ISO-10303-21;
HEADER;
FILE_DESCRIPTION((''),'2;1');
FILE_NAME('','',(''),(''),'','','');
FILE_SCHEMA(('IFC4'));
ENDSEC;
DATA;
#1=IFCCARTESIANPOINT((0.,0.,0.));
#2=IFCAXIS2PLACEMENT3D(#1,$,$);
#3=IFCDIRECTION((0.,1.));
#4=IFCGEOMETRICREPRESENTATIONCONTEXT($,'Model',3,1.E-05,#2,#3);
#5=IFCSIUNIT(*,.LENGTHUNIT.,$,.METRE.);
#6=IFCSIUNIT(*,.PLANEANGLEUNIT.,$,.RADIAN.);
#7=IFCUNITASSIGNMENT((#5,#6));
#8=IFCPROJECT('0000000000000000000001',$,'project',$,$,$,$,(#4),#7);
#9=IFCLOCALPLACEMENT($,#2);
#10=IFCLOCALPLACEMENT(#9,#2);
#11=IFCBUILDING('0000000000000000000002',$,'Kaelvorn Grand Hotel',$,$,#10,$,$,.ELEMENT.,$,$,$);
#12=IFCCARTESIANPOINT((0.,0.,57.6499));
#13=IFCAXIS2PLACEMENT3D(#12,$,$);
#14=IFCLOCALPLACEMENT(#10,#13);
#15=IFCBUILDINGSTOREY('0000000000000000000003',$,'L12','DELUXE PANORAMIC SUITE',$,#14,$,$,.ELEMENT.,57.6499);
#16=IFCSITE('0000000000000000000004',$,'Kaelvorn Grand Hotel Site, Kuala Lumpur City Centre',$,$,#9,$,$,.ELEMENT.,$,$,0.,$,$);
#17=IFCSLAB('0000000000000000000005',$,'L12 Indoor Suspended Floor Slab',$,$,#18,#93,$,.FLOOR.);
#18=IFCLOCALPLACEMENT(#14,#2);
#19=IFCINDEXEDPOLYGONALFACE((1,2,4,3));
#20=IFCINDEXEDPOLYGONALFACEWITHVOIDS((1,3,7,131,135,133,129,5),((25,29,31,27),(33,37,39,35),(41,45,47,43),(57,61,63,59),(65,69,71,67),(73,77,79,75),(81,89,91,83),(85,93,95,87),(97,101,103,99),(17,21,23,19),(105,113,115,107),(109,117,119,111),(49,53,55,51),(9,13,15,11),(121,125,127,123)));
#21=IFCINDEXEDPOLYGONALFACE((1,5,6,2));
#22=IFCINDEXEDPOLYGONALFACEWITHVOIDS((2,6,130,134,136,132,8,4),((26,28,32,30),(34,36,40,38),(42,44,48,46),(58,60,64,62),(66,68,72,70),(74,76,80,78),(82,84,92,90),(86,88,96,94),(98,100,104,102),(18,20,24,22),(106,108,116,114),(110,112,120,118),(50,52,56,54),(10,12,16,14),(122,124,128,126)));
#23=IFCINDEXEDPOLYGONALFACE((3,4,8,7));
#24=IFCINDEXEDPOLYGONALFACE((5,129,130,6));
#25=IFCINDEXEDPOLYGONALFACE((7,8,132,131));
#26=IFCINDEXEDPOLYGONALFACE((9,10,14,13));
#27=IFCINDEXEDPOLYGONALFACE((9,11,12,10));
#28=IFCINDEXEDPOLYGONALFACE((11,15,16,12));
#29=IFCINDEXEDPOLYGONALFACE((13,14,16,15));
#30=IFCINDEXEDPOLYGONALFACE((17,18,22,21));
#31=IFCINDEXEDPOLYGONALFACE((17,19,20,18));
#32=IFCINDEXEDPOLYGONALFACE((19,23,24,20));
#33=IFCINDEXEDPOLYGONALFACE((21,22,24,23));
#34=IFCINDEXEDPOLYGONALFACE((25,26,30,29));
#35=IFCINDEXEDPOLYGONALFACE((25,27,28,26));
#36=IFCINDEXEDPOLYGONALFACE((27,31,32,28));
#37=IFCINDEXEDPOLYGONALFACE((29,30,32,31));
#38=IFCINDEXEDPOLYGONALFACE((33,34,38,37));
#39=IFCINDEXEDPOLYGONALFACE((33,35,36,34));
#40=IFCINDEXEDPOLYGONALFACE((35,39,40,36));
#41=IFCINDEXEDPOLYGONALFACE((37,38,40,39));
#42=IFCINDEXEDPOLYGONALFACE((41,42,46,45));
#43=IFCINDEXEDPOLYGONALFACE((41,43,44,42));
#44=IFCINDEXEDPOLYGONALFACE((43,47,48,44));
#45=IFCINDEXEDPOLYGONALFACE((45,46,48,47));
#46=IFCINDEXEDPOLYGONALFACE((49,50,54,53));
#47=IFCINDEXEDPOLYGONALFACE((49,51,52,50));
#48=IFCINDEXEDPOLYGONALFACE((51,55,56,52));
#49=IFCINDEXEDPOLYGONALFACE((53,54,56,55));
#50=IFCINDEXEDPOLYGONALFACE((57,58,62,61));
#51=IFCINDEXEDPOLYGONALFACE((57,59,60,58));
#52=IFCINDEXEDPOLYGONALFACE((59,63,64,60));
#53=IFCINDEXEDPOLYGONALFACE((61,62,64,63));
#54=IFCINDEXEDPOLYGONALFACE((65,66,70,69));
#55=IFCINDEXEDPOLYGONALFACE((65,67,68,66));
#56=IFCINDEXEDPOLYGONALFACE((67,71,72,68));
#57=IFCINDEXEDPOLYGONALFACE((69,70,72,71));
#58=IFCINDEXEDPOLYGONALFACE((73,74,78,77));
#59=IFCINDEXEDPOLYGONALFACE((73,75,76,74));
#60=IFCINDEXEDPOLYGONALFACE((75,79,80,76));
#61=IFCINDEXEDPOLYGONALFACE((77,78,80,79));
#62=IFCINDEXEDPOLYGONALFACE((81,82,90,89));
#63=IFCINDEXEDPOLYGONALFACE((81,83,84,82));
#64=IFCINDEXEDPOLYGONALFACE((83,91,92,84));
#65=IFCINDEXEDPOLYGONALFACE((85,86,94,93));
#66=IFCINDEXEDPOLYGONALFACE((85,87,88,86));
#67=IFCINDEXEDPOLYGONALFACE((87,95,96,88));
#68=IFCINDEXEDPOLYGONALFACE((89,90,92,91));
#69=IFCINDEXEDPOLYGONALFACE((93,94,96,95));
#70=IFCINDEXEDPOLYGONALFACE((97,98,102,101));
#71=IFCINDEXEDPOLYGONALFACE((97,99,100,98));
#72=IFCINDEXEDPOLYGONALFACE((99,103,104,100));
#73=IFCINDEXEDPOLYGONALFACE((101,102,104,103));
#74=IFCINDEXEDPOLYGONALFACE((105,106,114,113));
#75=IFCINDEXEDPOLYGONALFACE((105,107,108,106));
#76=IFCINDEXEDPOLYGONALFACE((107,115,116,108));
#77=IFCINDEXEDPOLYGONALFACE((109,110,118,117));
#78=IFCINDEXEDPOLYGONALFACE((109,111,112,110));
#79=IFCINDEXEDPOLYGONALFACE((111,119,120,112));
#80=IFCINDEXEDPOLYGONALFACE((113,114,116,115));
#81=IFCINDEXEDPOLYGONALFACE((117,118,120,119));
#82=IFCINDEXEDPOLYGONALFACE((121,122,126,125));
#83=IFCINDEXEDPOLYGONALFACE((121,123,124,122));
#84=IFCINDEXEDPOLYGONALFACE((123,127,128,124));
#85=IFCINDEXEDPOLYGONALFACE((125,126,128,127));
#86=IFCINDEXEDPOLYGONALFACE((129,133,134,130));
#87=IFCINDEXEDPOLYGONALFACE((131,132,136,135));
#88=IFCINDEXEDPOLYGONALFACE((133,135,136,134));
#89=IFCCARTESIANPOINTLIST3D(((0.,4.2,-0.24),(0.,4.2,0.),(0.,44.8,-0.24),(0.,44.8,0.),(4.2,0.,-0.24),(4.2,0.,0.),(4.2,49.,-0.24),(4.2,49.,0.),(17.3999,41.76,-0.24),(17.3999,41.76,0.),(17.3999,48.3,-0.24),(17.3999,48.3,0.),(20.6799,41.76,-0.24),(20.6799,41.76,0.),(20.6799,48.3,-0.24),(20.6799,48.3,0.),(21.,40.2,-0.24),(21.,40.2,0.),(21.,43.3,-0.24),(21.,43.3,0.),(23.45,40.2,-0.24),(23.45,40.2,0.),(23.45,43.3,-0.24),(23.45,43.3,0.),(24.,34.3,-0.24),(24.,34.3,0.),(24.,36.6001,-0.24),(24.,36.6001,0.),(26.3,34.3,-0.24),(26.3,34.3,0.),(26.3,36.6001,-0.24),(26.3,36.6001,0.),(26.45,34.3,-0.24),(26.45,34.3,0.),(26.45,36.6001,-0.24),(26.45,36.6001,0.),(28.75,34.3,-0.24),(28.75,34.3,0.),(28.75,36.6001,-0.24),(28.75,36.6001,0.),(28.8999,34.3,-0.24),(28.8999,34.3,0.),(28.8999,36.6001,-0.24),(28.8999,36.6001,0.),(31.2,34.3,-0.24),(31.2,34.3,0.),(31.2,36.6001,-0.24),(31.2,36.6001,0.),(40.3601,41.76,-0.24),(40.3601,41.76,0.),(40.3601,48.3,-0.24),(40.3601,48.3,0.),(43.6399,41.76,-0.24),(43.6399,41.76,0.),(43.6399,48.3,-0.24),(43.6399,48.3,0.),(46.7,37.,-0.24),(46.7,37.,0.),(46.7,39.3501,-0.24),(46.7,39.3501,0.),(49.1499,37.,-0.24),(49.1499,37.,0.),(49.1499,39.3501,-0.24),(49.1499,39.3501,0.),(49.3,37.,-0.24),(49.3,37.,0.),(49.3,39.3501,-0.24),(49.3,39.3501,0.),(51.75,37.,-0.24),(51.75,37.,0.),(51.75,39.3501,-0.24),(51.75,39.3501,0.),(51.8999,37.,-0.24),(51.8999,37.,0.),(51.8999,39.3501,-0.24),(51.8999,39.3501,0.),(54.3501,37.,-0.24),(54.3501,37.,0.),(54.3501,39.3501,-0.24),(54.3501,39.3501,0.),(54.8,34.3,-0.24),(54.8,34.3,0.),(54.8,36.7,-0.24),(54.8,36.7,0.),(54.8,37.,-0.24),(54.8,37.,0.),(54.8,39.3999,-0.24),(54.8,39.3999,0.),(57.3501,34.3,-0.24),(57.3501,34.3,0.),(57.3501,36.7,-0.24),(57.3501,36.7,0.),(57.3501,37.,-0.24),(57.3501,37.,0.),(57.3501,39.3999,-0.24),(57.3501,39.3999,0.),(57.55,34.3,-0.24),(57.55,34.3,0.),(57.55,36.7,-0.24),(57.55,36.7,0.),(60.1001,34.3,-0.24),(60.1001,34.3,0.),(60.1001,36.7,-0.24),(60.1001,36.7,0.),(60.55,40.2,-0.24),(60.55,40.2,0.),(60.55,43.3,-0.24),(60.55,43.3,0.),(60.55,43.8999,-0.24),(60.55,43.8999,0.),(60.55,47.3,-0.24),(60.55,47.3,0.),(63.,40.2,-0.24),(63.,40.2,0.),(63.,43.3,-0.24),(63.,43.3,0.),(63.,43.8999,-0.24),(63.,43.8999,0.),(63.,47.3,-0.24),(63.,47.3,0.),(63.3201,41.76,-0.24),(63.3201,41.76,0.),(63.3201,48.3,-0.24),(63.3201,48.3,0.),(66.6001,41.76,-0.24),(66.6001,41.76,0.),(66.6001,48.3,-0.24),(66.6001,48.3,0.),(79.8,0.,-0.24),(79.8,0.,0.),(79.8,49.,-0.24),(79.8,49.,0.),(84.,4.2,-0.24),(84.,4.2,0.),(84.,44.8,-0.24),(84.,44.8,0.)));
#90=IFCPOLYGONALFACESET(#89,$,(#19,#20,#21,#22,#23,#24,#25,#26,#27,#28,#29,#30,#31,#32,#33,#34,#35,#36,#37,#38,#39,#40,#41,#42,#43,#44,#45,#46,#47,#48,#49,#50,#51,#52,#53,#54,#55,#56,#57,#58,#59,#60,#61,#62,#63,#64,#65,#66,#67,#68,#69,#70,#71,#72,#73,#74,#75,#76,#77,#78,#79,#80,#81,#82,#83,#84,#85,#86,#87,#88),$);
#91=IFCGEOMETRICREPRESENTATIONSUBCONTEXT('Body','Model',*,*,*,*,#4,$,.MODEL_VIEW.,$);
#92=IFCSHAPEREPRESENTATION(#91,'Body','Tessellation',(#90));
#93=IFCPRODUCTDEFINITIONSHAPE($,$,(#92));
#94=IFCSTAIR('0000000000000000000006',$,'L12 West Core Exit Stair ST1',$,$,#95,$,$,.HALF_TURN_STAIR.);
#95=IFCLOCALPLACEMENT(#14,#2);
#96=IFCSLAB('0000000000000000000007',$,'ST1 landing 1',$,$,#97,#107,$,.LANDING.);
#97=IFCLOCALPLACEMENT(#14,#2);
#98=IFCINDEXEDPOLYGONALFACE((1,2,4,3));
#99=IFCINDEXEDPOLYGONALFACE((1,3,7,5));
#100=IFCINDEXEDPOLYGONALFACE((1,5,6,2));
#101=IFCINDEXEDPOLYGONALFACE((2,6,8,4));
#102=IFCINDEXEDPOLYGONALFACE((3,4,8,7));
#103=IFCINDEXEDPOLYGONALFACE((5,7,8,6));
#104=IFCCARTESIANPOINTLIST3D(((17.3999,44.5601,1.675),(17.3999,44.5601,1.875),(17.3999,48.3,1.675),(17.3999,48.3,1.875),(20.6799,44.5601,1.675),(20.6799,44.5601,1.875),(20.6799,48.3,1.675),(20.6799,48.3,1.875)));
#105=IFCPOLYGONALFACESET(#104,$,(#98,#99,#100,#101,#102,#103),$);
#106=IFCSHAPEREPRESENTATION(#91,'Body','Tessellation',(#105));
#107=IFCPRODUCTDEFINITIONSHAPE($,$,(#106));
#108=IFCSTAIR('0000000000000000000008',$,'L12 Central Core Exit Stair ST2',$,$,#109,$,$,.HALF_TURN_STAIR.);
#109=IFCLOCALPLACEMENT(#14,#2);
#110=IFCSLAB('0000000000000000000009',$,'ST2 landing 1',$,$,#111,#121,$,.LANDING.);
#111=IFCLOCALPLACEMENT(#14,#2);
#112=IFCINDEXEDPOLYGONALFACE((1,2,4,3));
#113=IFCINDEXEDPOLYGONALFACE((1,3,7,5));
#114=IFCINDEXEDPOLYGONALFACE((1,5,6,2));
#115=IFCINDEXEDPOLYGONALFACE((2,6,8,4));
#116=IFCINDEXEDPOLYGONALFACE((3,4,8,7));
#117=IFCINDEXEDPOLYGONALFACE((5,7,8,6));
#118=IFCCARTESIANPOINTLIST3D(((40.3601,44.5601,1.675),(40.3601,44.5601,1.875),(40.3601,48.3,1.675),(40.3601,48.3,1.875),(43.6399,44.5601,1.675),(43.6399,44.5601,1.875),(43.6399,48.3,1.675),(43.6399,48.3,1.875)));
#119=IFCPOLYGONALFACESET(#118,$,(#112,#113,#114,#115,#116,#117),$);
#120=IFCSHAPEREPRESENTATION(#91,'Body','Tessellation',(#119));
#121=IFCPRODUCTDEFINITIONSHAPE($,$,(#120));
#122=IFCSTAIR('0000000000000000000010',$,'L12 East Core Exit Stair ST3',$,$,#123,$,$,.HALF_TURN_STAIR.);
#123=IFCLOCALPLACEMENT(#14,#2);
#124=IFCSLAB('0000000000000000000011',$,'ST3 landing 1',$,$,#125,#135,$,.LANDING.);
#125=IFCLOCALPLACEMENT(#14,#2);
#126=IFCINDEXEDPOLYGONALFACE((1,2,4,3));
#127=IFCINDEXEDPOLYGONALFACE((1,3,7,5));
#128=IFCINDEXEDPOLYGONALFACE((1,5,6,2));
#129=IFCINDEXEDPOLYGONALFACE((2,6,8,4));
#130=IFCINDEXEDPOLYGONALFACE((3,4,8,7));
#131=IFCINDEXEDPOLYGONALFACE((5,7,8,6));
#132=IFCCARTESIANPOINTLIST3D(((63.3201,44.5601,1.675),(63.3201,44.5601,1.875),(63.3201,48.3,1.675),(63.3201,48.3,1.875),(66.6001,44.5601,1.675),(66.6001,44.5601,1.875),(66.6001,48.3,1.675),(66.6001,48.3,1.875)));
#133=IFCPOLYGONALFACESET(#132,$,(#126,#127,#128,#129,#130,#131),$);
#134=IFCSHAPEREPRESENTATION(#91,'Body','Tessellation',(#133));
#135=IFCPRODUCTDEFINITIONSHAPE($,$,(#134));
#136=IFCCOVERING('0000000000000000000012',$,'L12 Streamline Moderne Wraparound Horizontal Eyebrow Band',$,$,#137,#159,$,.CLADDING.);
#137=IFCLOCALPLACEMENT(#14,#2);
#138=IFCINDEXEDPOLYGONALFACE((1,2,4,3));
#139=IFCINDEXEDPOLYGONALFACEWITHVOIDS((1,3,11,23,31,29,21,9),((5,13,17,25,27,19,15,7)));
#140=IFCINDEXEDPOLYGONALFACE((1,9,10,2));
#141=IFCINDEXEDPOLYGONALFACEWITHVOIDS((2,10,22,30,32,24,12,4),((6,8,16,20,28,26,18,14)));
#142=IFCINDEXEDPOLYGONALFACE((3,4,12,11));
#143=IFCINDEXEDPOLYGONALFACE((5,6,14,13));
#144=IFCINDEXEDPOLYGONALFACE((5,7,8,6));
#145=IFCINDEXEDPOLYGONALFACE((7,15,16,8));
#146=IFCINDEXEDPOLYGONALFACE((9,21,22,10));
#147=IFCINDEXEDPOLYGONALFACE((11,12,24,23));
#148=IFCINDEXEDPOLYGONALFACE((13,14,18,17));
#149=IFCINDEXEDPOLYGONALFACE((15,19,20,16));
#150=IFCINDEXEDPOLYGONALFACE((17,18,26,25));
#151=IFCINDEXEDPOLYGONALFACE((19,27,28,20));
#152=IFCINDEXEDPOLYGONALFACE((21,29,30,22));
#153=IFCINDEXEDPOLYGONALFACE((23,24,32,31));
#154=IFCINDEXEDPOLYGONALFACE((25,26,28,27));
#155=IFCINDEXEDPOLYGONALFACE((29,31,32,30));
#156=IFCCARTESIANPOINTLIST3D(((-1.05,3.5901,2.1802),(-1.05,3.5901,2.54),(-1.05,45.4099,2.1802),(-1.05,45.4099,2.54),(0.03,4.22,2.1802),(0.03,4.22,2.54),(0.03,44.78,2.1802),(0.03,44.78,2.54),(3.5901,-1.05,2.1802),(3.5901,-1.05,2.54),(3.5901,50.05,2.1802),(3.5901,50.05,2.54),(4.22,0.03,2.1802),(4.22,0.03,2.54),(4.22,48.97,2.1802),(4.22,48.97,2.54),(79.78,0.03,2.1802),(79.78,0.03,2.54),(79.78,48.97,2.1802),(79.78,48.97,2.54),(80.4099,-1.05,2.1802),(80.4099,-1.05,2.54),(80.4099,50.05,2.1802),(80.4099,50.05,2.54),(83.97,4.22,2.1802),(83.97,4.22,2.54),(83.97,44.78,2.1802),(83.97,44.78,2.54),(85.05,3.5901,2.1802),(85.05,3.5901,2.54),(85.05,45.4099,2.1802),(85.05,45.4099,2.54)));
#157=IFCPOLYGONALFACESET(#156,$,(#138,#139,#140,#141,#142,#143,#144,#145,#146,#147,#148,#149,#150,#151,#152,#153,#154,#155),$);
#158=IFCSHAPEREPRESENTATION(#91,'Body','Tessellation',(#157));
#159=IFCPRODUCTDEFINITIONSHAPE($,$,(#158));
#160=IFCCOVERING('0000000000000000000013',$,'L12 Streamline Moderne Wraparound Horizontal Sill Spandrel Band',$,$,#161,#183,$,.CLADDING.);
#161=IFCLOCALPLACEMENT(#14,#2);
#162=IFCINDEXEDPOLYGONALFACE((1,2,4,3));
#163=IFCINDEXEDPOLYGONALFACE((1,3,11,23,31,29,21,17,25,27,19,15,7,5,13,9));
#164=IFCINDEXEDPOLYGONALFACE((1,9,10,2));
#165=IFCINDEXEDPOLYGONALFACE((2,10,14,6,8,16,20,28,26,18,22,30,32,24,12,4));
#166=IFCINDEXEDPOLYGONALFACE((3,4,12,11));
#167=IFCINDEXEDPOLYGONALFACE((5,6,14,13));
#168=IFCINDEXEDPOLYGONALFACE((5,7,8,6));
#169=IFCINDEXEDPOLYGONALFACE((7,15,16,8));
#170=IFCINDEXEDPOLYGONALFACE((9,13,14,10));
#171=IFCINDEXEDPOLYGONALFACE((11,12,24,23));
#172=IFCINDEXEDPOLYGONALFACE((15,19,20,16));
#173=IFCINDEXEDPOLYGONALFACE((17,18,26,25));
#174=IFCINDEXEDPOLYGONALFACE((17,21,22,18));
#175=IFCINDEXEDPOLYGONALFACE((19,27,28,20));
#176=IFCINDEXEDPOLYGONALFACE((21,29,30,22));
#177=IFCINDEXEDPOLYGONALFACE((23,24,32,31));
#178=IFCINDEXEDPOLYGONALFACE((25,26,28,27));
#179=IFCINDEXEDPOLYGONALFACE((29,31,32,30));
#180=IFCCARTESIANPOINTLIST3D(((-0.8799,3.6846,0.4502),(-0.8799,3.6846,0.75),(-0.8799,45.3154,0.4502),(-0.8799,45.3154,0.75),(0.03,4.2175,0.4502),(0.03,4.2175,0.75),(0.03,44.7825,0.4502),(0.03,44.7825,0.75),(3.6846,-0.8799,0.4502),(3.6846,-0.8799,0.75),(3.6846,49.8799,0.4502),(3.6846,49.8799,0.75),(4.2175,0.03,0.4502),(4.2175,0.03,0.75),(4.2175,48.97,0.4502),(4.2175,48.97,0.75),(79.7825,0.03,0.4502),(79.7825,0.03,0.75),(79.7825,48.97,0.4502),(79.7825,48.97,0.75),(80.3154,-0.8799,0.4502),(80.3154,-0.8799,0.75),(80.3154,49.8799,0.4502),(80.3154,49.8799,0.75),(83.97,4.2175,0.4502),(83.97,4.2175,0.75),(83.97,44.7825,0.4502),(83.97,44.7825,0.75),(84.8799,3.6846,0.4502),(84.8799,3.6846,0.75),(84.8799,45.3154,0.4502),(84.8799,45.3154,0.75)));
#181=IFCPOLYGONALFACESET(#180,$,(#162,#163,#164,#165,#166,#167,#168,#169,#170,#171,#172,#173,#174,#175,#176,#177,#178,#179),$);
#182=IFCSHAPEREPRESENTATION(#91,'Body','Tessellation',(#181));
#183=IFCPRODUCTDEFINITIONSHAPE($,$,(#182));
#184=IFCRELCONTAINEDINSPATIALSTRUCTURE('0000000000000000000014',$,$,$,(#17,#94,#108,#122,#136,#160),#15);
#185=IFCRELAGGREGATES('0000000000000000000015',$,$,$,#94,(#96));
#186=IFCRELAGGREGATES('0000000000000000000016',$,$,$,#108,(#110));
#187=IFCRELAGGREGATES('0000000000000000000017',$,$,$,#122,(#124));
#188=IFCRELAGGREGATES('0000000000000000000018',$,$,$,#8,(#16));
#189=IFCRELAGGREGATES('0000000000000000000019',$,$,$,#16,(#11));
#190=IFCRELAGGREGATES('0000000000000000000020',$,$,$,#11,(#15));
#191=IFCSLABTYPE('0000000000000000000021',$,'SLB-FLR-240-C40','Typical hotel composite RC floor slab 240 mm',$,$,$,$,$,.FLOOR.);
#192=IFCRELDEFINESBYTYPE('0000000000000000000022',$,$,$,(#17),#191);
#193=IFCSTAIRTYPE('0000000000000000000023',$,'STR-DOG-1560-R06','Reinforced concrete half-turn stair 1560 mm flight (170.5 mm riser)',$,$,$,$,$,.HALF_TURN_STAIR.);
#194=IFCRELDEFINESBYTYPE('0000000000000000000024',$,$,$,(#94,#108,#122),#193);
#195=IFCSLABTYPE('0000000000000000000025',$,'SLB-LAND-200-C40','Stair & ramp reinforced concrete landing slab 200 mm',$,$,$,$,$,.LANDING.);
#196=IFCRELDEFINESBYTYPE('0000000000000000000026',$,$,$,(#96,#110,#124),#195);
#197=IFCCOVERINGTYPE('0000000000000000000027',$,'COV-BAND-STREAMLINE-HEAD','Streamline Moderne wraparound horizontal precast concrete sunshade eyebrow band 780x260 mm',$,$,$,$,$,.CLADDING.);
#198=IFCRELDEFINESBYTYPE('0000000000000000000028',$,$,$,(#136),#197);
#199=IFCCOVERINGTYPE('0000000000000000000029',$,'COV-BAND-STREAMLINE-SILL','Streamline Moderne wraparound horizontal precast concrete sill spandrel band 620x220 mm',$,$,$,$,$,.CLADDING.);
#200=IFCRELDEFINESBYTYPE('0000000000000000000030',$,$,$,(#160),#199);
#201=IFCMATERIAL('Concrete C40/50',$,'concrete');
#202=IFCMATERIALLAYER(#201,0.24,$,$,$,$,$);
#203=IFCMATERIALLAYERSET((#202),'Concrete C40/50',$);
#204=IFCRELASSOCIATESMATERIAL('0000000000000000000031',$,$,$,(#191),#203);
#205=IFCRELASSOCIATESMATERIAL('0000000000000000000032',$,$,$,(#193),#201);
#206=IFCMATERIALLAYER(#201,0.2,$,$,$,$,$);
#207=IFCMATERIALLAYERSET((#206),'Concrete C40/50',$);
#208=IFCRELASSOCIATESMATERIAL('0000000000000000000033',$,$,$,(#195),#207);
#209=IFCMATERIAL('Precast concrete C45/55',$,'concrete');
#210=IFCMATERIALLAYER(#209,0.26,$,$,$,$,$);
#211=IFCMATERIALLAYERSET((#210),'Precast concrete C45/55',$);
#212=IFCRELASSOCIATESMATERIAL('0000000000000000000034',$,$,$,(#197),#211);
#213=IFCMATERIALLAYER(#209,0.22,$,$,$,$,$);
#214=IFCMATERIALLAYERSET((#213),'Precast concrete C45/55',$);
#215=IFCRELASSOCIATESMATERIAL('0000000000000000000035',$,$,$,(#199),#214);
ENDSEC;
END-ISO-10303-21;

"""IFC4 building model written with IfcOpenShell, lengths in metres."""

from ifc_helpers import new_model, si_unit, direction, frame, origin, place, context, subcontext, project, spatial, polyline, outline, extrude, material, layer, layer_set, type_object, element, aggregate, save


model = new_model("IFC4")

# Units and contexts
model_context = context("Model", 3, precision=1e-05, world=origin(), true_north=direction((0.0, 1.0)))
body_context = subcontext(model_context, "Body", "Model", "MODEL_VIEW")
ifc_project = project(units=[si_unit("LENGTHUNIT", "METRE"), si_unit("PLANEANGLEUNIT", "RADIAN")], contexts=[model_context])

# Site, building, storey
site_placement = place(None, origin())
site = spatial("IfcSite", under=ifc_project, at=site_placement, Name="Kaelvorn Grand Hotel Site, Kuala Lumpur City Centre", CompositionType="ELEMENT", RefElevation=0.0)
building_placement = place(site_placement, origin())
building = spatial("IfcBuilding", under=site, at=building_placement, Name="Kaelvorn Grand Hotel", CompositionType="ELEMENT")
storey_placement = place(building_placement, frame((0.0, 0.0, 57.6499)))
storey = spatial("IfcBuildingStorey", under=building, at=storey_placement, Name="L12", Description="DELUXE PANORAMIC SUITE", CompositionType="ELEMENT", Elevation=57.6499)

# Shared definitions
ifc_material_1 = material(Name="Precast concrete C45/55", Category="concrete")

# Slab
ifc_material_2 = material(Name="Concrete C40/50", Category="concrete")
ifc_layer_1 = layer(ifc_material_2, 0.24)
ifc_layer_set_1 = layer_set([ifc_layer_1], Name="Concrete C40/50")
slab_type_1 = type_object("IfcSlabType", Name="SLB-FLR-240-C40", Description="Typical hotel composite RC floor slab 240 mm", PredefinedType="FLOOR", material=ifc_layer_set_1)
slab_1_placement = place(storey_placement, frame((0.0, 0.0, -0.24)))
element("IfcSlab", 1, at=slab_1_placement, inside=storey, type_object=slab_type_1, Name="L12 Indoor Suspended Floor Slab", PredefinedType="FLOOR", context=body_context, shape_type="SweptSolid", body=[
    extrude(outline(polyline([(4.2, 0.0), (79.8, 0.0), (84.0, 4.2), (84.0, 44.8), (79.8, 49.0), (4.2, 49.0), (0.0, 44.8), (0.0, 4.2), (4.2, 0.0)]), holes=[polyline([(17.3999, 41.76), (17.3999, 48.3), (20.6799, 48.3), (20.6799, 41.76), (17.3999, 41.76)]), polyline([(40.3601, 41.76), (40.3601, 48.3), (43.6399, 48.3), (43.6399, 41.76), (40.3601, 41.76)]), polyline([(63.3201, 41.76), (63.3201, 48.3), (66.6001, 48.3), (66.6001, 41.76), (63.3201, 41.76)]), polyline([(24.0, 34.3), (24.0, 36.6001), (26.3, 36.6001), (26.3, 34.3), (24.0, 34.3)]), polyline([(26.45, 34.3), (26.45, 36.6001), (28.75, 36.6001), (28.75, 34.3), (26.45, 34.3)]), polyline([(28.8999, 34.3), (28.8999, 36.6001), (31.2, 36.6001), (31.2, 34.3), (28.8999, 34.3)]), polyline([(46.7, 37.0), (46.7, 39.3501), (49.1499, 39.3501), (49.1499, 37.0), (46.7, 37.0)]), polyline([(49.3, 37.0), (49.3, 39.3501), (51.75, 39.3501), (51.75, 37.0), (49.3, 37.0)]), polyline([(51.8999, 37.0), (51.8999, 39.3501), (54.3501, 39.3501), (54.3501, 37.0), (51.8999, 37.0)]), polyline([(54.8, 34.3), (54.8, 36.7), (57.3501, 36.7), (57.3501, 34.3), (54.8, 34.3)]), polyline([(57.55, 34.3), (57.55, 36.7), (60.1001, 36.7), (60.1001, 34.3), (57.55, 34.3)]), polyline([(54.8, 37.0), (54.8, 39.3999), (57.3501, 39.3999), (57.3501, 37.0), (54.8, 37.0)]), polyline([(21.0, 40.2), (21.0, 43.3), (23.45, 43.3), (23.45, 40.2), (21.0, 40.2)]), polyline([(60.55, 40.2), (60.55, 43.3), (63.0, 43.3), (63.0, 40.2), (60.55, 40.2)]), polyline([(60.55, 43.8999), (60.55, 47.3), (63.0, 47.3), (63.0, 43.8999), (60.55, 43.8999)])]), origin(), (0.0, 0.0, 1.0), 0.24),
])

# Stairs, slabs
stair_type = type_object("IfcStairType", Name="STR-DOG-1560-R06", Description="Reinforced concrete half-turn stair 1560 mm flight (170.5 mm riser)", PredefinedType="HALF_TURN_STAIR", material=ifc_material_2)
stair_1_placement = place(storey_placement, origin())
stair_1 = element("IfcStair", 2, at=stair_1_placement, inside=storey, type_object=stair_type, Name="L12 West Core Exit Stair ST1", PredefinedType="HALF_TURN_STAIR")
ifc_layer_2 = layer(ifc_material_2, 0.2)
ifc_layer_set_2 = layer_set([ifc_layer_2], Name="Concrete C40/50")
slab_type_2 = type_object("IfcSlabType", Name="SLB-LAND-200-C40", Description="Stair & ramp reinforced concrete landing slab 200 mm", PredefinedType="LANDING", material=ifc_layer_set_2)
slab_2_placement = place(storey_placement, frame((0.0, 0.0, 1.675)))
slab_2 = element("IfcSlab", 3, at=slab_2_placement, type_object=slab_type_2, Name="ST1 landing 1", PredefinedType="LANDING", context=body_context, shape_type="SweptSolid", body=[
    extrude(outline(polyline([(20.6799, 44.5601), (20.6799, 48.3), (17.3999, 48.3), (17.3999, 44.5601), (20.6799, 44.5601)])), origin(), (0.0, 0.0, 1.0), 0.2),
])
aggregate(stair_1, [slab_2])
stair_2_placement = place(storey_placement, origin())
stair_2 = element("IfcStair", 4, at=stair_2_placement, inside=storey, type_object=stair_type, Name="L12 Central Core Exit Stair ST2", PredefinedType="HALF_TURN_STAIR")
slab_3_placement = place(storey_placement, frame((0.0, 0.0, 1.675)))
slab_3 = element("IfcSlab", 5, at=slab_3_placement, type_object=slab_type_2, Name="ST2 landing 1", PredefinedType="LANDING", context=body_context, shape_type="SweptSolid", body=[
    extrude(outline(polyline([(43.6399, 44.5601), (43.6399, 48.3), (40.3601, 48.3), (40.3601, 44.5601), (43.6399, 44.5601)])), origin(), (0.0, 0.0, 1.0), 0.2),
])
aggregate(stair_2, [slab_3])
stair_3_placement = place(storey_placement, origin())
stair_3 = element("IfcStair", 6, at=stair_3_placement, inside=storey, type_object=stair_type, Name="L12 East Core Exit Stair ST3", PredefinedType="HALF_TURN_STAIR")
slab_4_placement = place(storey_placement, frame((0.0, 0.0, 1.675)))
slab_4 = element("IfcSlab", 7, at=slab_4_placement, type_object=slab_type_2, Name="ST3 landing 1", PredefinedType="LANDING", context=body_context, shape_type="SweptSolid", body=[
    extrude(outline(polyline([(66.6001, 44.5601), (66.6001, 48.3), (63.3201, 48.3), (63.3201, 44.5601), (66.6001, 44.5601)])), origin(), (0.0, 0.0, 1.0), 0.2),
])
aggregate(stair_3, [slab_4])

# Coverings
ifc_layer_3 = layer(ifc_material_1, 0.26)
ifc_layer_set_3 = layer_set([ifc_layer_3], Name="Precast concrete C45/55")
covering_type_1 = type_object("IfcCoveringType", Name="COV-BAND-STREAMLINE-HEAD", Description="Streamline Moderne wraparound horizontal precast concrete sunshade eyebrow band 780x260 mm", PredefinedType="CLADDING", material=ifc_layer_set_3)
covering_1_placement = place(storey_placement, frame((0.0, 0.0, 2.1802)))
element("IfcCovering", 8, at=covering_1_placement, inside=storey, type_object=covering_type_1, Name="L12 Streamline Moderne Wraparound Horizontal Eyebrow Band", PredefinedType="CLADDING", context=body_context, shape_type="SweptSolid", body=[
    extrude(outline(polyline([(3.5901, -1.05), (80.4099, -1.05), (85.05, 3.5901), (85.05, 45.4099), (80.4099, 50.05), (3.5901, 50.05), (-1.05, 45.4099), (-1.05, 3.5901), (3.5901, -1.05)]), holes=[polyline([(4.22, 0.03), (79.78, 0.03), (83.97, 4.22), (83.97, 44.78), (79.78, 48.97), (4.22, 48.97), (0.03, 44.78), (0.03, 4.22), (4.22, 0.03)])]), origin(), (0.0, 0.0, 1.0), 0.3599),
])
ifc_layer_4 = layer(ifc_material_1, 0.22)
ifc_layer_set_4 = layer_set([ifc_layer_4], Name="Precast concrete C45/55")
covering_type_2 = type_object("IfcCoveringType", Name="COV-BAND-STREAMLINE-SILL", Description="Streamline Moderne wraparound horizontal precast concrete sill spandrel band 620x220 mm", PredefinedType="CLADDING", material=ifc_layer_set_4)
covering_2_placement = place(storey_placement, frame((0.0, 0.0, 0.4502)))
element("IfcCovering", 9, at=covering_2_placement, inside=storey, type_object=covering_type_2, Name="L12 Streamline Moderne Wraparound Horizontal Sill Spandrel Band", PredefinedType="CLADDING", context=body_context, shape_type="SweptSolid", body=[
    extrude(outline(polyline([(80.3154, -0.8799), (84.8799, 3.6846), (84.8799, 45.3154), (80.3154, 49.8799), (3.6846, 49.8799), (-0.8799, 45.3154), (-0.8799, 3.6846), (3.6846, -0.8799), (4.2175, 0.03), (0.03, 4.2175), (0.03, 44.7825), (4.2175, 48.97), (79.7825, 48.97), (83.97, 44.7825), (83.97, 4.2175), (79.7825, 0.03), (80.3154, -0.8799)])), origin(), (0.0, 0.0, 1.0), 0.2998),
])

save(model, "model.ifc")
